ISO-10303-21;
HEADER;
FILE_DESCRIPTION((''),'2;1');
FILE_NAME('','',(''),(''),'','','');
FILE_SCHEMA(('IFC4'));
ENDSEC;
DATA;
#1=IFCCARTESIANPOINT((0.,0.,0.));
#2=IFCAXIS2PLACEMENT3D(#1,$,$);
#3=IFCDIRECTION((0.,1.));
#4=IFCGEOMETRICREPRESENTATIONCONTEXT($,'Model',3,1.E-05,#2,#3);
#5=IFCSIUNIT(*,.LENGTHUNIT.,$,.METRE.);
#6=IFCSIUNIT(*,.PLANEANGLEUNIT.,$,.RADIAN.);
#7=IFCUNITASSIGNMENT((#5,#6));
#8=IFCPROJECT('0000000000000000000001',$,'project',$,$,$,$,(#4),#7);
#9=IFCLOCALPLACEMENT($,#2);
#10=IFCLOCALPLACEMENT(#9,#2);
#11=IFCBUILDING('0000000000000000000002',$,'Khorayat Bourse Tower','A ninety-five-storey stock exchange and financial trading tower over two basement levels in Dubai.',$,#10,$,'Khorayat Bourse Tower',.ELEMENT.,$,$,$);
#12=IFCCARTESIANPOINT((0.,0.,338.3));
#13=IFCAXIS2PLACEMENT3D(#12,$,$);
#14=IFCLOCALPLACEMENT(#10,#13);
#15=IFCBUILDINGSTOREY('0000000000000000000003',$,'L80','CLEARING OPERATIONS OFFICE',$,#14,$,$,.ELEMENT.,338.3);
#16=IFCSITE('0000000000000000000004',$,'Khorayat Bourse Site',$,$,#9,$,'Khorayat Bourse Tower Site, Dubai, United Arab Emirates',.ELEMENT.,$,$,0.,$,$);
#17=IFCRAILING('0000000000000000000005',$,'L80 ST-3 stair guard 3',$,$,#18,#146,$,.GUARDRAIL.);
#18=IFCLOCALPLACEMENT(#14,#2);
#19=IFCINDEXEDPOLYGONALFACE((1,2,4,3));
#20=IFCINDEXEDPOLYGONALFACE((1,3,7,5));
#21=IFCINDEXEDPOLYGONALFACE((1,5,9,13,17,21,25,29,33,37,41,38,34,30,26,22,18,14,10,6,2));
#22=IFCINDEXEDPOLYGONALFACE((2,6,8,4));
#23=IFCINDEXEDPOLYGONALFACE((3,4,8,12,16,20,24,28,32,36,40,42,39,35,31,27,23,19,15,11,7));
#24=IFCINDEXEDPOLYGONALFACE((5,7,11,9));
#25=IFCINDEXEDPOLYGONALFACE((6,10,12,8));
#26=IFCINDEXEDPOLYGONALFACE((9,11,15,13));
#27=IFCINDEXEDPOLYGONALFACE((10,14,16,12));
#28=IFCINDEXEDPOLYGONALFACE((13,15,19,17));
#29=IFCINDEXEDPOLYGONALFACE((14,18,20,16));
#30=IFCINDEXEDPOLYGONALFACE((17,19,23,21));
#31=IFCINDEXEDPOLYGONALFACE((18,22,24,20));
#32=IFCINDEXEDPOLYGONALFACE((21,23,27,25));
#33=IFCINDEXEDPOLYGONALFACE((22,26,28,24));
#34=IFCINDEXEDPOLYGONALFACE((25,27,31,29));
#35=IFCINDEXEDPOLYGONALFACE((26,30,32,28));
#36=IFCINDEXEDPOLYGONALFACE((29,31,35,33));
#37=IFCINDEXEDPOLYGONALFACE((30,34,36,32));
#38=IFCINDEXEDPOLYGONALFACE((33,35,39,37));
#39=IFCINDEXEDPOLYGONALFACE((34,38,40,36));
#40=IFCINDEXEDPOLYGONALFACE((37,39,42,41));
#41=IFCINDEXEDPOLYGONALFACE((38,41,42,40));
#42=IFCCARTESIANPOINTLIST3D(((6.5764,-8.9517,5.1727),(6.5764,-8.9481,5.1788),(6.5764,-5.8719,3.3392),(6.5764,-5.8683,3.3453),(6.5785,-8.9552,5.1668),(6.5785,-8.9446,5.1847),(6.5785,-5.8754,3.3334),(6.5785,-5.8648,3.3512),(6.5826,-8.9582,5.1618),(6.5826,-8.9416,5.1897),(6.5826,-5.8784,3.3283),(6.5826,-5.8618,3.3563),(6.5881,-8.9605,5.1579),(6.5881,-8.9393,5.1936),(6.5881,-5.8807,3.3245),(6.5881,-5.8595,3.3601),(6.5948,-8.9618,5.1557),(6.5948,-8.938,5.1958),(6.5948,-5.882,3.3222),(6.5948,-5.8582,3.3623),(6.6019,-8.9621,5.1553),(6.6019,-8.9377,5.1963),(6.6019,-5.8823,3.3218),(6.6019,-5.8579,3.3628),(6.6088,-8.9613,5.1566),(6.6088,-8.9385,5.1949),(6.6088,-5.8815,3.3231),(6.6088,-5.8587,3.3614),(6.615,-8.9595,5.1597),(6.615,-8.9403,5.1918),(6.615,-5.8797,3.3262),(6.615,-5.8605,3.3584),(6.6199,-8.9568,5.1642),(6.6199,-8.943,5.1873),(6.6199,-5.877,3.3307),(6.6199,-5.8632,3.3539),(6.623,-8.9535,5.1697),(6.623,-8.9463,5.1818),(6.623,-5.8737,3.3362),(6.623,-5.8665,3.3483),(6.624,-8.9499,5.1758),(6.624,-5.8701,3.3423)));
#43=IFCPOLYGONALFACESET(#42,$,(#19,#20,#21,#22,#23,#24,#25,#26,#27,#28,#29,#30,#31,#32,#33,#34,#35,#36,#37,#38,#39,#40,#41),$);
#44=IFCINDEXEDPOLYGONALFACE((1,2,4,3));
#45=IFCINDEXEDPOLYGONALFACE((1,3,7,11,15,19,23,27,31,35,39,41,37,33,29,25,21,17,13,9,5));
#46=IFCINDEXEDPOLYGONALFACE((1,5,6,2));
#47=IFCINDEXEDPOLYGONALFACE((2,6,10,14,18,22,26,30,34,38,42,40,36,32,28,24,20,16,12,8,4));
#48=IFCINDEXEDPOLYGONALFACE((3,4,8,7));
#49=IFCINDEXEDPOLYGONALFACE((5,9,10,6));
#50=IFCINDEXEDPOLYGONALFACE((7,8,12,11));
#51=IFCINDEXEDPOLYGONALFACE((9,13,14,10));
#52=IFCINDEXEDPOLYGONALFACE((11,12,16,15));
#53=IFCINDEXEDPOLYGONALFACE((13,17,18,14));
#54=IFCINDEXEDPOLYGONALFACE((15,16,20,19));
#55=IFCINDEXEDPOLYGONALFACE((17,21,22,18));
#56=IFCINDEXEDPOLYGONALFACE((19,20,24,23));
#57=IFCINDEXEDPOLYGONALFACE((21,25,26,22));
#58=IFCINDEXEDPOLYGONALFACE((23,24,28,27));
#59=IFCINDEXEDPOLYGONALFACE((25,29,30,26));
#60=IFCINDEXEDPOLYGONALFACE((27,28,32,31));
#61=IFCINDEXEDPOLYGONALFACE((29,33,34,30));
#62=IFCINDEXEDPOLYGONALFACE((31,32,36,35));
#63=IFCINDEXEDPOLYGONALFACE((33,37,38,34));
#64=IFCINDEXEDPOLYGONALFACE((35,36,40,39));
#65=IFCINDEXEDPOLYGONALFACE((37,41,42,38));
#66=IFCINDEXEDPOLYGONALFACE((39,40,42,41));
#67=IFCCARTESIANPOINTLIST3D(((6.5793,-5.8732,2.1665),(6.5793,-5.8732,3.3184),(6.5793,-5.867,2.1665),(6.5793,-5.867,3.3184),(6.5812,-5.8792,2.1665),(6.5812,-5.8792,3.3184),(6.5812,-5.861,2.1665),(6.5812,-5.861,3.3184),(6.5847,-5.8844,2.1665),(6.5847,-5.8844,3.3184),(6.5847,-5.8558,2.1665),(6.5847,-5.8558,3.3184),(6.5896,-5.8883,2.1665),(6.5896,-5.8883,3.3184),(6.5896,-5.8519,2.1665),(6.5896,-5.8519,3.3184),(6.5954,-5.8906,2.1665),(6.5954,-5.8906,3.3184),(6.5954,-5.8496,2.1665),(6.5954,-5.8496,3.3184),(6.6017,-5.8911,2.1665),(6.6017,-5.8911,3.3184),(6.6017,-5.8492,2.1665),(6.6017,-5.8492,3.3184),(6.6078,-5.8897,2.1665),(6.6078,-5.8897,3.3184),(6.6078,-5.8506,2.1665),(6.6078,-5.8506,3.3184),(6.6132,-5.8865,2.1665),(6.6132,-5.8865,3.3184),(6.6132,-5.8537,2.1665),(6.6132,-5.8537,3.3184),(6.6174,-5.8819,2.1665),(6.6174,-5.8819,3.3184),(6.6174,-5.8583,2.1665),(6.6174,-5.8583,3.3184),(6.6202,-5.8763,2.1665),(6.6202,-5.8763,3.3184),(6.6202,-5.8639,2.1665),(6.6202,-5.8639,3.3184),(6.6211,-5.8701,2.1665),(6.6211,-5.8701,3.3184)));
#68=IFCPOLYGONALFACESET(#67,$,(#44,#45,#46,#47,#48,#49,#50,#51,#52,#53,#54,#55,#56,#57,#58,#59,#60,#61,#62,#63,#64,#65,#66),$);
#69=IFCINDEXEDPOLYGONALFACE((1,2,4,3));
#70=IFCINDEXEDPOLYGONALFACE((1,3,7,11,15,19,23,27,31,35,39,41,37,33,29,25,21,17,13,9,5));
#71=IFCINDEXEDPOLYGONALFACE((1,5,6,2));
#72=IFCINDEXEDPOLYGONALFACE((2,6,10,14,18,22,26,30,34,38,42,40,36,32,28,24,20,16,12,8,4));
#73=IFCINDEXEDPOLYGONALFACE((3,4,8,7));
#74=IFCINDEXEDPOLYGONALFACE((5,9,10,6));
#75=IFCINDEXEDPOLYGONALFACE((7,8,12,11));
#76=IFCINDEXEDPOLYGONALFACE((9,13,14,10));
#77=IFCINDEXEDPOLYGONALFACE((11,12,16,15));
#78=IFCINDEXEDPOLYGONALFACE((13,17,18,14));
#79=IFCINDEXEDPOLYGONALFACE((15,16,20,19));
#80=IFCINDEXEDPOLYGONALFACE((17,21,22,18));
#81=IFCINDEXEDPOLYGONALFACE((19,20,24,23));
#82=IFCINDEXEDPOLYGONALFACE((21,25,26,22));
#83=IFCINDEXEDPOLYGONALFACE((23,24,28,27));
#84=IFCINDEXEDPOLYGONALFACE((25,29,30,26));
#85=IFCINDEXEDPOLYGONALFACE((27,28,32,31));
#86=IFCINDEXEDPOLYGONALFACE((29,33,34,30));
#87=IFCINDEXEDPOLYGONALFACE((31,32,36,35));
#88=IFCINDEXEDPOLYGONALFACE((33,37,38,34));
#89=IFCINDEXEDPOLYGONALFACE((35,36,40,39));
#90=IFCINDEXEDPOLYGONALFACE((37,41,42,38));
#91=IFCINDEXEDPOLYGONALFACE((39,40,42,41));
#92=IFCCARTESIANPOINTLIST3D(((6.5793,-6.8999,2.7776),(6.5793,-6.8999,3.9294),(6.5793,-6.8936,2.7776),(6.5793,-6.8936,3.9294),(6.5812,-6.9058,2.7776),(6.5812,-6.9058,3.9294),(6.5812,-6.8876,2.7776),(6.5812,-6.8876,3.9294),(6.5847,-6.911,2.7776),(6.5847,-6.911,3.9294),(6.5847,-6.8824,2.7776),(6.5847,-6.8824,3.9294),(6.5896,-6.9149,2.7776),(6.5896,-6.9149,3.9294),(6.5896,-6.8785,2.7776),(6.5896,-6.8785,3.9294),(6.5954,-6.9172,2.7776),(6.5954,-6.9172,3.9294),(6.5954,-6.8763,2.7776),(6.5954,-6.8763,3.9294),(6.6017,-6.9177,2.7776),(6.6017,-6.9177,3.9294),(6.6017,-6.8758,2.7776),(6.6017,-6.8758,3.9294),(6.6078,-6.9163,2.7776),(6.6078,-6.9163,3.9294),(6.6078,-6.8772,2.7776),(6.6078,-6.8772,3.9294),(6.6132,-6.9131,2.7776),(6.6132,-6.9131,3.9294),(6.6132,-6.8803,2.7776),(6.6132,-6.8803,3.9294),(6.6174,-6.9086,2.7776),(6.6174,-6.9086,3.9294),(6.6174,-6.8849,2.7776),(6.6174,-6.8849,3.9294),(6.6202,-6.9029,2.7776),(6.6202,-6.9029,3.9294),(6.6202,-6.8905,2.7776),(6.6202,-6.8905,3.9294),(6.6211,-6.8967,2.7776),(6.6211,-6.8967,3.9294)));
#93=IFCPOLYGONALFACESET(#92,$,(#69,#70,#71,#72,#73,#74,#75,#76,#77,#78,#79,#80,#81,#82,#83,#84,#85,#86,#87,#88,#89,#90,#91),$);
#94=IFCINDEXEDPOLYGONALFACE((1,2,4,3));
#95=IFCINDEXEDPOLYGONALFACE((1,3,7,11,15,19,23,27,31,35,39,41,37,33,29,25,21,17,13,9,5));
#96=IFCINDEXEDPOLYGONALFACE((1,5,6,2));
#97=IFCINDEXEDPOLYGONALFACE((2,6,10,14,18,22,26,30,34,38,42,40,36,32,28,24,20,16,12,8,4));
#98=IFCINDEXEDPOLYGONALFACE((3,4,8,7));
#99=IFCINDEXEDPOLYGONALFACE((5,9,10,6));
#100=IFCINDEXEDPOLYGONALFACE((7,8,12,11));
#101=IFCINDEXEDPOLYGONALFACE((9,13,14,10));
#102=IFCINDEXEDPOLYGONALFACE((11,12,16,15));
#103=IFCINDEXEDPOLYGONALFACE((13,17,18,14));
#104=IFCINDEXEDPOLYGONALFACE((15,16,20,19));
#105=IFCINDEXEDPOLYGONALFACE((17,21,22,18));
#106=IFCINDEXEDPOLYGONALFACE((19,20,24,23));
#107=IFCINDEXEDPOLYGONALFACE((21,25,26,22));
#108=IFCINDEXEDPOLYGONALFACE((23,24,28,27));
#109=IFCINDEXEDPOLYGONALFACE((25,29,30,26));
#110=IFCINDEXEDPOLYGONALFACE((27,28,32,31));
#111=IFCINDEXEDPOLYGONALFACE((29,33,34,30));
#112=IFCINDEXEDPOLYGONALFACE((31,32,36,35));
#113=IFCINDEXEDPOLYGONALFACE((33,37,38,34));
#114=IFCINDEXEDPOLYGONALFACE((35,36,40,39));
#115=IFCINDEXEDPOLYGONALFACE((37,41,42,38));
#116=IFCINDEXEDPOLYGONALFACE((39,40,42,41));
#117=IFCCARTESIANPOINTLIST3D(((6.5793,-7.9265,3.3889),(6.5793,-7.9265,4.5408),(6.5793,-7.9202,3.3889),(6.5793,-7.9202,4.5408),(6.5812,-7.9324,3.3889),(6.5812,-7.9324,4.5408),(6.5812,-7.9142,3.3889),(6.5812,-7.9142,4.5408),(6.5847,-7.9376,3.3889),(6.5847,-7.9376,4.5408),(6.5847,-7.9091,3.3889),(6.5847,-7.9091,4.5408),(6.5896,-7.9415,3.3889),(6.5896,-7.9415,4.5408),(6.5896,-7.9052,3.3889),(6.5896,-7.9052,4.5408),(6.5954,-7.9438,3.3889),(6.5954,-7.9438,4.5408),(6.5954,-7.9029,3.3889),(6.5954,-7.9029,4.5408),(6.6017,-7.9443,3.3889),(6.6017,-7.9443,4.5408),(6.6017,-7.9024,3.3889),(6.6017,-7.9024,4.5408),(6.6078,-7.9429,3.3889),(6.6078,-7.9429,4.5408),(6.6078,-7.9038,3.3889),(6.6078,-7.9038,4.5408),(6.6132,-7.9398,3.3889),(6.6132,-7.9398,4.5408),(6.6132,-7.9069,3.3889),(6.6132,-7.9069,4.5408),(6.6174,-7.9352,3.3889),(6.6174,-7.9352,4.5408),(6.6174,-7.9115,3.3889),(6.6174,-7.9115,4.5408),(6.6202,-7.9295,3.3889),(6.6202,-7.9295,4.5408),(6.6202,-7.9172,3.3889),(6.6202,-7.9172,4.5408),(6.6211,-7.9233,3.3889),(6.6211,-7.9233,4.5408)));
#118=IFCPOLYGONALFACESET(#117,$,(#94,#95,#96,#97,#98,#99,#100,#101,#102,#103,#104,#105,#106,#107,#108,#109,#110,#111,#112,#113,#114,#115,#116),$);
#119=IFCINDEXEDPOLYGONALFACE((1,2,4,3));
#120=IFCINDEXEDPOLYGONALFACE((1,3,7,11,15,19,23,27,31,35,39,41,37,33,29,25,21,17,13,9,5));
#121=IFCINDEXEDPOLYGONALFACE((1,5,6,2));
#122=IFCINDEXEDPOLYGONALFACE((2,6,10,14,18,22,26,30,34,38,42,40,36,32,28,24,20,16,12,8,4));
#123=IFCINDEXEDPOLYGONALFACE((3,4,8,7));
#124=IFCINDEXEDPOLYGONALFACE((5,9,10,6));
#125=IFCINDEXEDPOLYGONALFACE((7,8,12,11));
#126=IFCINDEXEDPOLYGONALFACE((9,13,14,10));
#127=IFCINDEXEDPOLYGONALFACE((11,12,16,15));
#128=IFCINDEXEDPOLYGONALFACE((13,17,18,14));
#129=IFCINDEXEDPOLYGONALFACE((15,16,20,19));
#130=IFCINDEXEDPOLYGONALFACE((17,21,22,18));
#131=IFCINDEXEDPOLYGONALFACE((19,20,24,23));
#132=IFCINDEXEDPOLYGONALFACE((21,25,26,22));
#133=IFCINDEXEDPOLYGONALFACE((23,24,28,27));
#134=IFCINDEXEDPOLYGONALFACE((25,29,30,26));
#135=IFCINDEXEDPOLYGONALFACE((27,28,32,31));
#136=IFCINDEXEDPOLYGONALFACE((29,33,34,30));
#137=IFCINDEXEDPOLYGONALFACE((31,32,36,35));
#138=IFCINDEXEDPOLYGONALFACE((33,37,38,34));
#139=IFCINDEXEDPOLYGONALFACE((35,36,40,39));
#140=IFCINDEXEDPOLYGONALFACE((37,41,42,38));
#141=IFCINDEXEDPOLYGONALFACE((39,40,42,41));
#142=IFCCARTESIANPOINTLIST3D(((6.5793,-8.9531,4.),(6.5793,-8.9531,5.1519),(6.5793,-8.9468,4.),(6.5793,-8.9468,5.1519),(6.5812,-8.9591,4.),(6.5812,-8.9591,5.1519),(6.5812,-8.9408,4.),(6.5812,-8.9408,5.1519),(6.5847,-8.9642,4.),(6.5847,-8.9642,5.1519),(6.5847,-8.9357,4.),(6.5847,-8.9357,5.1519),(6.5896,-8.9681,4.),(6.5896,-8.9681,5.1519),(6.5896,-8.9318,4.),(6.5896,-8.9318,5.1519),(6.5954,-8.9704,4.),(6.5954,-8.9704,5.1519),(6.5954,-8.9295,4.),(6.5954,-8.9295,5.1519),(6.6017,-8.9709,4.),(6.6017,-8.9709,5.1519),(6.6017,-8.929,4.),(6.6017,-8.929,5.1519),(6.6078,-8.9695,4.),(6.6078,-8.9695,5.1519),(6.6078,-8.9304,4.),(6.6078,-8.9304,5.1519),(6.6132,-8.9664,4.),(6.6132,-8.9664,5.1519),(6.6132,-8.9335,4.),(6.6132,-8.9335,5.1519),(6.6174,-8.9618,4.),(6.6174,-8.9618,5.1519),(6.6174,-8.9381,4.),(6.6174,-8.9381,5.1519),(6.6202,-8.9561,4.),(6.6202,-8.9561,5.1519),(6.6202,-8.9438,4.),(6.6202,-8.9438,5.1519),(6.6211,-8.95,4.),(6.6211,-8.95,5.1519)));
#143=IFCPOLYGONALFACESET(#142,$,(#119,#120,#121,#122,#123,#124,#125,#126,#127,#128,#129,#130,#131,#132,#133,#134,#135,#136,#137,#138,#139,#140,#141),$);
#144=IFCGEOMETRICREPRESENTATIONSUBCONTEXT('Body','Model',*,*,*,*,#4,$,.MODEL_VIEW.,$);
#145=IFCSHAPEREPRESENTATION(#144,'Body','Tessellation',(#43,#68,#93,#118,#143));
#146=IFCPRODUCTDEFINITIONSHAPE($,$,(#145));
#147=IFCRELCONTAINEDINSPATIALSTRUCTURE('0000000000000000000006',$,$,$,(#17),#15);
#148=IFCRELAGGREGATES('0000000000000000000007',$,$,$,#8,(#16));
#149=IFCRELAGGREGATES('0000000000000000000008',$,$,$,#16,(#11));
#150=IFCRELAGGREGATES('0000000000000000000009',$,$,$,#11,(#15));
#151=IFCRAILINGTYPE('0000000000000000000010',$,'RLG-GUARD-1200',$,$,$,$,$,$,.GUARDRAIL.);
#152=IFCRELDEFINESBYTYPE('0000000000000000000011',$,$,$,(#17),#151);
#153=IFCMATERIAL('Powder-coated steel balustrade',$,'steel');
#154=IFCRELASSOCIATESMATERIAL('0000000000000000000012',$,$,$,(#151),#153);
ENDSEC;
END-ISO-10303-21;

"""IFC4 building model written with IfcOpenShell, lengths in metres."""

from ifc_helpers import new_model, si_unit, direction, frame, origin, origin_2d, place, context, subcontext, project, spatial, circle, extrude, source, transform, mapped, material, type_object, element, save


model = new_model("IFC4")

# Units and contexts
model_context = context("Model", 3, precision=1e-05, world=origin(), true_north=direction((0.0, 1.0)))
body_context = subcontext(model_context, "Body", "Model", "MODEL_VIEW")
ifc_project = project(units=[si_unit("LENGTHUNIT", "METRE"), si_unit("PLANEANGLEUNIT", "RADIAN")], contexts=[model_context])

# Site, building, storey
site_placement = place(None, origin())
site = spatial("IfcSite", under=ifc_project, at=site_placement, Name="Khorayat Bourse Site", LongName="Khorayat Bourse Tower Site, Dubai, United Arab Emirates", CompositionType="ELEMENT", RefElevation=0.0)
building_placement = place(site_placement, origin())
building = spatial("IfcBuilding", under=site, at=building_placement, Name="Khorayat Bourse Tower", Description="A ninety-five-storey stock exchange and financial trading tower over two basement levels in Dubai.", LongName="Khorayat Bourse Tower", CompositionType="ELEMENT")
storey_placement = place(building_placement, frame((0.0, 0.0, 338.3)))
storey = spatial("IfcBuildingStorey", under=building, at=storey_placement, Name="L80", Description="CLEARING OPERATIONS OFFICE", CompositionType="ELEMENT", Elevation=338.3)

# Railing
ifc_material_1 = material(Name="Powder-coated steel balustrade", Category="steel")
railing_type_1 = type_object("IfcRailingType", Name="RLG-GUARD-1200", PredefinedType="GUARDRAIL", material=ifc_material_1)
shared_shape_1 = source(origin(), body_context, "Body", "SweptSolid", [
    extrude(circle(Radius=0.0239, at=origin_2d()), frame((0.0, 0.0, 1.1758), z_axis=(0.0, -0.859261, 0.511538), x_axis=(1.0, 0.0, 0.0)), (0.0, 0.0, 1.0), 3.5842),
    extrude(circle(Radius=0.021, at=origin_2d()), origin(), (0.0, 0.0, 1.0), 1.1519),
    extrude(circle(Radius=0.021, at=origin_2d()), frame((0.0, -1.0266, 0.6111)), (0.0, 0.0, 1.0), 1.1519),
    extrude(circle(Radius=0.021, at=origin_2d()), frame((0.0, -2.0532, 1.2224)), (0.0, 0.0, 1.0), 1.1519),
    extrude(circle(Radius=0.021, at=origin_2d()), frame((0.0, -3.0798, 1.8335)), (0.0, 0.0, 1.0), 1.1519),
])
railing_1_placement = place(storey_placement, frame((6.6001, -5.8701, 2.1665)))
element("IfcRailing", 1, at=railing_1_placement, inside=storey, type_object=railing_type_1, Name="L80 ST-3 stair guard 3", PredefinedType="GUARDRAIL", context=body_context, shape_type="MappedRepresentation", body=[
    mapped(shared_shape_1, transform((0.0, 0.0, 0.0), scale=1.0)),
])

save(model, "model.ifc")
